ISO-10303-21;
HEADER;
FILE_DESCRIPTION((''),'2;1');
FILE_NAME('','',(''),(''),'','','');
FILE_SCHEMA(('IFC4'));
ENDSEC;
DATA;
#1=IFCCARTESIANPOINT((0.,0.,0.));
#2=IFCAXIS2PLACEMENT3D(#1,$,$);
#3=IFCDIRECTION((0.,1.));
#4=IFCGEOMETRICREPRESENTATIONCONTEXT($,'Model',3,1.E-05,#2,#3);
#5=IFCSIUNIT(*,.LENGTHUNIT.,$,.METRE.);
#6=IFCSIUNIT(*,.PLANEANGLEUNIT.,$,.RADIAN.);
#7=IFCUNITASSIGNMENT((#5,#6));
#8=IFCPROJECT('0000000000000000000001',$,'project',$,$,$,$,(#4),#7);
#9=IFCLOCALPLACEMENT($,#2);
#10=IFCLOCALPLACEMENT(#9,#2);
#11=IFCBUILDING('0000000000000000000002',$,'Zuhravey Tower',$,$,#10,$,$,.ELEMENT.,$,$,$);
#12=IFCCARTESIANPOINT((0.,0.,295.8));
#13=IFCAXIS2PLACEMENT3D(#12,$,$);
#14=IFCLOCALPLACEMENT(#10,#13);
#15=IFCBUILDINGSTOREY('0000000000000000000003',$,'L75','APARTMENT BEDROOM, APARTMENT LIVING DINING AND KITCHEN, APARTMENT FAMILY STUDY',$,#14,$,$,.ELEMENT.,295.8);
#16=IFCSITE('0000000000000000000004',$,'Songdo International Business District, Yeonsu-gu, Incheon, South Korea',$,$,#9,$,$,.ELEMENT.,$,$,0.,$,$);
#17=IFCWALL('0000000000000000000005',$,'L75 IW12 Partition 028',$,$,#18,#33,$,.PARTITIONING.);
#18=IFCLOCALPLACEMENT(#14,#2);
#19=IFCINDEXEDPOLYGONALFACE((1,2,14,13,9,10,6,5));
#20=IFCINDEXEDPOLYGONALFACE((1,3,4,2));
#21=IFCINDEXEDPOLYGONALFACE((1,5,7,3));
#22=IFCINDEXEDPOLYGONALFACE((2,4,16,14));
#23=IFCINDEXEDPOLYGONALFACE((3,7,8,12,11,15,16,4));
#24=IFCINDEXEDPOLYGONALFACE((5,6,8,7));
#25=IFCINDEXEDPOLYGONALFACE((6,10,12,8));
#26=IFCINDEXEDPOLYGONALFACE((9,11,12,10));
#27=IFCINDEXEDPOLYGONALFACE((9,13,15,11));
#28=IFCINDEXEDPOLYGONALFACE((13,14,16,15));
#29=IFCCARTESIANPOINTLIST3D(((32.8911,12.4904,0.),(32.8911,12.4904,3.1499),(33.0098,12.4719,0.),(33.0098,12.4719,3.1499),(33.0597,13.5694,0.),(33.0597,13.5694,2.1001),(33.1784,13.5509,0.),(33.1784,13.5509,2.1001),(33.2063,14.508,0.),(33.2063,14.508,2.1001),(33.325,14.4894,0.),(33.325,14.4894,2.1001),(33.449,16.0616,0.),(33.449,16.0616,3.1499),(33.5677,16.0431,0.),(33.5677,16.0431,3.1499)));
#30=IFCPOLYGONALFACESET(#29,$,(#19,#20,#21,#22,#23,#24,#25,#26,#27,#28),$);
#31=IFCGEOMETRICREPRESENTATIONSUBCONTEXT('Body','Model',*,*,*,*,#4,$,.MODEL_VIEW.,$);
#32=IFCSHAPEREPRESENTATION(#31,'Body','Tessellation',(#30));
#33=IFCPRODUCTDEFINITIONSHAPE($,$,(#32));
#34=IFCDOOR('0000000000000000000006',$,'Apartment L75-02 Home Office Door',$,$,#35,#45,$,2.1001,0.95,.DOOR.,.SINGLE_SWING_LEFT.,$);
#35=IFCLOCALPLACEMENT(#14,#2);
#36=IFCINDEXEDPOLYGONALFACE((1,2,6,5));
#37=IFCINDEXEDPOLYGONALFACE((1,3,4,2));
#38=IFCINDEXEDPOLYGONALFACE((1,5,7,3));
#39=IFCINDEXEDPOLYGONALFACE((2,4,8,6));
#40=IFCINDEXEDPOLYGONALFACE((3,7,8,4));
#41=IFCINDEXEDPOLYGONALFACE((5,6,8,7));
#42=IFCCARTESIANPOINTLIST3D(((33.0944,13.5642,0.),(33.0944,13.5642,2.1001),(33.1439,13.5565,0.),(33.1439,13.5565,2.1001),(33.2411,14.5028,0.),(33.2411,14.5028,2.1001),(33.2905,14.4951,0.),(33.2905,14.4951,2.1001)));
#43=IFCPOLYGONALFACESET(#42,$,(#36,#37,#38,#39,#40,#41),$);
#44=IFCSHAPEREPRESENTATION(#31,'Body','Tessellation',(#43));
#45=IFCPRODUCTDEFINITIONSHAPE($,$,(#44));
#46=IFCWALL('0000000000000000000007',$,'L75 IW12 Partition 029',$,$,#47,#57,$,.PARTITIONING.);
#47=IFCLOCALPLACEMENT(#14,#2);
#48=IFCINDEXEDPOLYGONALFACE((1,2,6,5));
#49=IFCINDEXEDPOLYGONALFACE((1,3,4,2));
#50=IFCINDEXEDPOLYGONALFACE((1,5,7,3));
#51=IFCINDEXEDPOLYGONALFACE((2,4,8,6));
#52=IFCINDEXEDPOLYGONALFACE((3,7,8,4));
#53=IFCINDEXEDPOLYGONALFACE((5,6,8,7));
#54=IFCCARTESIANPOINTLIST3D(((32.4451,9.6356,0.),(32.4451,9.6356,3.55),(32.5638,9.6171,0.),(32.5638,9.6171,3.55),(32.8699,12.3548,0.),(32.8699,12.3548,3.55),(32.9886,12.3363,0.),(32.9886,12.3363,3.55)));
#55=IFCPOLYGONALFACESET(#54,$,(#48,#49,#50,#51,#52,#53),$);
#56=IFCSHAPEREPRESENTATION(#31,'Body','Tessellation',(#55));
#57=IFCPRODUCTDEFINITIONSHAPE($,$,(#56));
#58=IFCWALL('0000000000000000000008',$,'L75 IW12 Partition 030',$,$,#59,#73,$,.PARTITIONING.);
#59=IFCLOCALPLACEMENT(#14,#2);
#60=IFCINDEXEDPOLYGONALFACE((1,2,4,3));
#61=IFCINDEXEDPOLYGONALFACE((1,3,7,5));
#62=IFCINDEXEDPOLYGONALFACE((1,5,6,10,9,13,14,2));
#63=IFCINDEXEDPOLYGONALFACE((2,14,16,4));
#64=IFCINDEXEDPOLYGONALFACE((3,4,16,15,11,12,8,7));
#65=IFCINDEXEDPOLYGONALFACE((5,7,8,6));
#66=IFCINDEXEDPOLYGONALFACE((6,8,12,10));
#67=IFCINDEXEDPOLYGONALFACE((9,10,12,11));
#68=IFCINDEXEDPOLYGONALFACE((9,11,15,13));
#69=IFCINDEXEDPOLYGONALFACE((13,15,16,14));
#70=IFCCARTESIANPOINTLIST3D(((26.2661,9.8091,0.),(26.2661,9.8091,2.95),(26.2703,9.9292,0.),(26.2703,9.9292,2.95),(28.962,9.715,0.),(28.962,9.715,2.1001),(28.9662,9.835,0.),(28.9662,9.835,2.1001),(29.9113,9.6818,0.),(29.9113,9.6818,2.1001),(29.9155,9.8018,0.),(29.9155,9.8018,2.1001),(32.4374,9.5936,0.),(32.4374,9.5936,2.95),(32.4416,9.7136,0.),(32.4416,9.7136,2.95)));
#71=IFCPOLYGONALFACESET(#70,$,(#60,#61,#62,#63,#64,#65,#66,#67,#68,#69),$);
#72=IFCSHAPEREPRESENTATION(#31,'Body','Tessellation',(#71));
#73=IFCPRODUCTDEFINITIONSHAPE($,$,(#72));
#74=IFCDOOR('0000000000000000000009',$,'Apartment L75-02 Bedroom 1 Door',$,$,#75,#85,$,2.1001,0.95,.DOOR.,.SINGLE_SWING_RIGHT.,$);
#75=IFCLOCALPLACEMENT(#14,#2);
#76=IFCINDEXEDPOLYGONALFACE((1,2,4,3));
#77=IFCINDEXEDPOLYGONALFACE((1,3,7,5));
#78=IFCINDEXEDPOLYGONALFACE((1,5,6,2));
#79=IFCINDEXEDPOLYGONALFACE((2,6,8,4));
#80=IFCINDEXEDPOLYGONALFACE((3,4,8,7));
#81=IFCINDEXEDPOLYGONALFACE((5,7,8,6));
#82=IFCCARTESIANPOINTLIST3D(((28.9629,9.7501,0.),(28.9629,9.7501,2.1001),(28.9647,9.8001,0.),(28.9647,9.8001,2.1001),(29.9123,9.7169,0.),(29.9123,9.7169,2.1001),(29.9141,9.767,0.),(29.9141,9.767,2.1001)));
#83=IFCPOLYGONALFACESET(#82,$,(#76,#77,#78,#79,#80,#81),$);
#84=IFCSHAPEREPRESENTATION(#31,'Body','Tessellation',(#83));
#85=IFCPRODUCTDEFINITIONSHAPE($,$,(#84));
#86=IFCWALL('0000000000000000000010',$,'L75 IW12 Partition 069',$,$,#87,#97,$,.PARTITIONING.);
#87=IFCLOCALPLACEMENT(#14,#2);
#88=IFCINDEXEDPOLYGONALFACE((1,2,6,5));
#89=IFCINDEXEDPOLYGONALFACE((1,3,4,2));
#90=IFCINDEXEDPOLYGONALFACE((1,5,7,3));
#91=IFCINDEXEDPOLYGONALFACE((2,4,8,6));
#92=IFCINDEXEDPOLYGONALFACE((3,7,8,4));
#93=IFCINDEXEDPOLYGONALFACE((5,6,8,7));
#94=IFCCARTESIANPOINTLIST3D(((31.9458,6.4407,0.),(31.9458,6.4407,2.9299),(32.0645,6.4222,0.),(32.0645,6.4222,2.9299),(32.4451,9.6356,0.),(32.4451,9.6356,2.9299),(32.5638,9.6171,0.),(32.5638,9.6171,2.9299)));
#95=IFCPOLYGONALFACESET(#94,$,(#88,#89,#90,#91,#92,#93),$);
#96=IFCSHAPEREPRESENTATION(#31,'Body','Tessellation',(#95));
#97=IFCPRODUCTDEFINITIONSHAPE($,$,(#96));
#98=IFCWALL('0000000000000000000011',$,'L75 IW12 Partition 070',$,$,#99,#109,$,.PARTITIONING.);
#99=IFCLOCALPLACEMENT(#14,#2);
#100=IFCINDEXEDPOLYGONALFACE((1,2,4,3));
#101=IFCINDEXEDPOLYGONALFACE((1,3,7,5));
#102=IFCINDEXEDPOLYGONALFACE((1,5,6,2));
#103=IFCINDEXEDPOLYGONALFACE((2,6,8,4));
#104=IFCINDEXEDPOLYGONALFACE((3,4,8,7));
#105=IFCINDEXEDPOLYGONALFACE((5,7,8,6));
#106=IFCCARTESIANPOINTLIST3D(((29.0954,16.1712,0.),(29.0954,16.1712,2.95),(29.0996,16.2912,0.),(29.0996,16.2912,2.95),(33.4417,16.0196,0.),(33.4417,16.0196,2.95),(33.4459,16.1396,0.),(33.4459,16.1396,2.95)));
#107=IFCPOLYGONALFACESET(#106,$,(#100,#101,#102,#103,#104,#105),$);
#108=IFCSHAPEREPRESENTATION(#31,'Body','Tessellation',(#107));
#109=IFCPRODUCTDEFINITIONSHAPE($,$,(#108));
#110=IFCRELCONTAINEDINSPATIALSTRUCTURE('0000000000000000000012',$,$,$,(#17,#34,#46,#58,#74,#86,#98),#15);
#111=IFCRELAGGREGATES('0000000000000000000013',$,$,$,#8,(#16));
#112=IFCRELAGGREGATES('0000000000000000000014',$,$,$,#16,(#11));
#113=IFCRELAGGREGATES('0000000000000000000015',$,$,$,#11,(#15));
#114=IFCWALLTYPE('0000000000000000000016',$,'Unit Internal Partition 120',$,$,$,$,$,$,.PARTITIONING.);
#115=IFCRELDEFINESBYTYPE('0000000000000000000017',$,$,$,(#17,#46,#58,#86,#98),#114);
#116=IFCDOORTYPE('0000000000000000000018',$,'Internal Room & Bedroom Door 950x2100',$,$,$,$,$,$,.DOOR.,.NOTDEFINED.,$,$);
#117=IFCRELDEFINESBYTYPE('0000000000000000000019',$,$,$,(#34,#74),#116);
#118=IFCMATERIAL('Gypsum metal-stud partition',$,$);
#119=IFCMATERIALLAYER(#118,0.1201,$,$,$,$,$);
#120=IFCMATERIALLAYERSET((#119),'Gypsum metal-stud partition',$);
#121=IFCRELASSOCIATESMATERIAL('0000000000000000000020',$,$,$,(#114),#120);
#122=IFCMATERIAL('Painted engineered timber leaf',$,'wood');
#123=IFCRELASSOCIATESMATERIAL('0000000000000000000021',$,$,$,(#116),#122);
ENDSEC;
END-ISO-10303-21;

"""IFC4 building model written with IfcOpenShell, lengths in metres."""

from ifc_helpers import new_model, si_unit, direction, frame, frame_2d, origin, place, context, subcontext, project, spatial, rectangle, extrude, material, layer, layer_set, type_object, element, fill, save


model = new_model("IFC4")

# Units and contexts
model_context = context("Model", 3, precision=1e-05, world=origin(), true_north=direction((0.0, 1.0)))
body_context = subcontext(model_context, "Body", "Model", "MODEL_VIEW")
ifc_project = project(units=[si_unit("LENGTHUNIT", "METRE"), si_unit("PLANEANGLEUNIT", "RADIAN")], contexts=[model_context])

# Site, building, storey
site_placement = place(None, origin())
site = spatial("IfcSite", under=ifc_project, at=site_placement, Name="Songdo International Business District, Yeonsu-gu, Incheon, South Korea", CompositionType="ELEMENT", RefElevation=0.0)
building_placement = place(site_placement, origin())
building = spatial("IfcBuilding", under=site, at=building_placement, Name="Zuhravey Tower", CompositionType="ELEMENT")
storey_placement = place(building_placement, frame((0.0, 0.0, 295.8)))
storey = spatial("IfcBuildingStorey", under=building, at=storey_placement, Name="L75", Description="APARTMENT BEDROOM, APARTMENT LIVING DINING AND KITCHEN, APARTMENT FAMILY STUDY", CompositionType="ELEMENT", Elevation=295.8)

# Shared definitions
ifc_material_1 = material(Name="Gypsum metal-stud partition")
ifc_layer_1 = layer(ifc_material_1, 0.1201)
ifc_layer_set_1 = layer_set([ifc_layer_1], Name="Gypsum metal-stud partition")
wall_type_1 = type_object("IfcWallType", Name="Unit Internal Partition 120", PredefinedType="PARTITIONING", material=ifc_layer_set_1)
ifc_material_2 = material(Name="Painted engineered timber leaf", Category="wood")
door_type_1 = type_object("IfcDoorType", Name="Internal Room & Bedroom Door 950x2100", OperationType="NOTDEFINED", PredefinedType="DOOR", material=ifc_material_2)

# Wall, opening, door
wall_1_placement = place(storey_placement, frame((33.5083, 16.0522, 0.0), z_axis=(0.0, 0.0, 1.0), x_axis=(-0.154336, -0.988018, 0.0)))
wall_1 = element("IfcWall", 1, at=wall_1_placement, inside=storey, type_object=wall_type_1, Name="L75 IW12 Partition 028", PredefinedType="PARTITIONING", context=body_context, shape_type="SweptSolid", body=[
    extrude(rectangle(XDim=3.6145, YDim=0.1201, at=frame_2d((1.8071, 0.0))), origin(), (0.0, 0.0, 1.0), 3.1499),
])
opening_1_placement = place(wall_1_placement, frame((1.5723, 0.0, 0.0)))
opening_1 = element("IfcOpeningElement", 2, at=opening_1_placement, cuts=wall_1, PredefinedType="OPENING", context=body_context, shape_type="SweptSolid", body=[
    extrude(rectangle(XDim=0.95, YDim=2.1001, at=frame_2d((0.4751, 1.05))), frame((0.0, 0.072, 0.0), z_axis=(0.0, -1.0, 0.0), x_axis=(1.0, 0.0, 0.0)), (0.0, 0.0, 1.0), 0.144),
])
door_1_placement = place(opening_1_placement, frame((0.95, 0.0, 0.0), z_axis=(0.0, 0.0, 1.0), x_axis=(-1.0, 0.0, 0.0)))
door_1 = element("IfcDoor", 3, at=door_1_placement, inside=storey, type_object=door_type_1, Name="Apartment L75-02 Home Office Door", OperationType="SINGLE_SWING_LEFT", OverallHeight=2.1001, OverallWidth=0.95, PredefinedType="DOOR", context=body_context, shape_type="SweptSolid", body=[
    extrude(rectangle(XDim=0.95, YDim=2.1001, at=frame_2d((0.4751, 1.05))), frame((0.0, 0.0249, 0.0), z_axis=(0.0, -1.0, 0.0), x_axis=(1.0, 0.0, 0.0)), (0.0, 0.0, 1.0), 0.05),
])
fill(opening_1, door_1)

# Wall
wall_2_placement = place(storey_placement, frame((32.9292, 12.3455, 0.0), z_axis=(0.0, 0.0, 1.0), x_axis=(-0.15435, -0.988016, 0.0)))
element("IfcWall", 4, at=wall_2_placement, inside=storey, type_object=wall_type_1, Name="L75 IW12 Partition 029", PredefinedType="PARTITIONING", context=body_context, shape_type="SweptSolid", body=[
    extrude(rectangle(XDim=2.7522, YDim=0.1201, at=frame_2d((1.376, 0.0))), origin(), (0.0, 0.0, 1.0), 3.55),
])

# Wall, opening, door
wall_3_placement = place(storey_placement, frame((26.2683, 9.8691, 0.0), z_axis=(0.0, 0.0, 1.0), x_axis=(0.99939, -0.03491, 0.0)))
wall_3 = element("IfcWall", 5, at=wall_3_placement, inside=storey, type_object=wall_type_1, Name="L75 IW12 Partition 030", PredefinedType="PARTITIONING", context=body_context, shape_type="SweptSolid", body=[
    extrude(rectangle(XDim=6.175, YDim=0.1201, at=frame_2d((3.0874, 0.0))), origin(), (0.0, 0.0, 1.0), 2.95),
])
opening_2_placement = place(wall_3_placement, frame((2.6973, 0.0, 0.0)))
opening_2 = element("IfcOpeningElement", 6, at=opening_2_placement, cuts=wall_3, PredefinedType="OPENING", context=body_context, shape_type="SweptSolid", body=[
    extrude(rectangle(XDim=0.95, YDim=2.1001, at=frame_2d((0.4751, 1.05))), frame((0.0, 0.072, 0.0), z_axis=(0.0, -1.0, 0.0), x_axis=(1.0, 0.0, 0.0)), (0.0, 0.0, 1.0), 0.144),
])
door_2_placement = place(opening_2_placement, frame((0.95, 0.0, 0.0), z_axis=(0.0, 0.0, 1.0), x_axis=(-1.0, 0.0, 0.0)))
door_2 = element("IfcDoor", 7, at=door_2_placement, inside=storey, type_object=door_type_1, Name="Apartment L75-02 Bedroom 1 Door", OperationType="SINGLE_SWING_RIGHT", OverallHeight=2.1001, OverallWidth=0.95, PredefinedType="DOOR", context=body_context, shape_type="SweptSolid", body=[
    extrude(rectangle(XDim=0.95, YDim=2.1001, at=frame_2d((0.4751, 1.05))), frame((0.0, 0.0249, 0.0), z_axis=(0.0, -1.0, 0.0), x_axis=(1.0, 0.0, 0.0)), (0.0, 0.0, 1.0), 0.05),
])
fill(opening_2, door_2)

# Walls
wall_4_placement = place(storey_placement, frame((32.5044, 9.6262, 0.0), z_axis=(0.0, 0.0, 1.0), x_axis=(-0.1544, -0.988008, 0.0)))
element("IfcWall", 8, at=wall_4_placement, inside=storey, type_object=wall_type_1, Name="L75 IW12 Partition 069", PredefinedType="PARTITIONING", context=body_context, shape_type="SweptSolid", body=[
    extrude(rectangle(XDim=3.2336, YDim=0.1201, at=frame_2d((1.6167, 0.0))), origin(), (0.0, 0.0, 1.0), 2.9299),
])
wall_5_placement = place(storey_placement, frame((29.0977, 16.2312, 0.0), z_axis=(0.0, 0.0, 1.0), x_axis=(0.999392, -0.034863, 0.0)))
element("IfcWall", 9, at=wall_5_placement, inside=storey, type_object=wall_type_1, Name="L75 IW12 Partition 070", PredefinedType="PARTITIONING", context=body_context, shape_type="SweptSolid", body=[
    extrude(rectangle(XDim=4.3489, YDim=0.1201, at=frame_2d((2.1743, 0.0))), origin(), (0.0, 0.0, 1.0), 2.95),
])

save(model, "model.ifc")
